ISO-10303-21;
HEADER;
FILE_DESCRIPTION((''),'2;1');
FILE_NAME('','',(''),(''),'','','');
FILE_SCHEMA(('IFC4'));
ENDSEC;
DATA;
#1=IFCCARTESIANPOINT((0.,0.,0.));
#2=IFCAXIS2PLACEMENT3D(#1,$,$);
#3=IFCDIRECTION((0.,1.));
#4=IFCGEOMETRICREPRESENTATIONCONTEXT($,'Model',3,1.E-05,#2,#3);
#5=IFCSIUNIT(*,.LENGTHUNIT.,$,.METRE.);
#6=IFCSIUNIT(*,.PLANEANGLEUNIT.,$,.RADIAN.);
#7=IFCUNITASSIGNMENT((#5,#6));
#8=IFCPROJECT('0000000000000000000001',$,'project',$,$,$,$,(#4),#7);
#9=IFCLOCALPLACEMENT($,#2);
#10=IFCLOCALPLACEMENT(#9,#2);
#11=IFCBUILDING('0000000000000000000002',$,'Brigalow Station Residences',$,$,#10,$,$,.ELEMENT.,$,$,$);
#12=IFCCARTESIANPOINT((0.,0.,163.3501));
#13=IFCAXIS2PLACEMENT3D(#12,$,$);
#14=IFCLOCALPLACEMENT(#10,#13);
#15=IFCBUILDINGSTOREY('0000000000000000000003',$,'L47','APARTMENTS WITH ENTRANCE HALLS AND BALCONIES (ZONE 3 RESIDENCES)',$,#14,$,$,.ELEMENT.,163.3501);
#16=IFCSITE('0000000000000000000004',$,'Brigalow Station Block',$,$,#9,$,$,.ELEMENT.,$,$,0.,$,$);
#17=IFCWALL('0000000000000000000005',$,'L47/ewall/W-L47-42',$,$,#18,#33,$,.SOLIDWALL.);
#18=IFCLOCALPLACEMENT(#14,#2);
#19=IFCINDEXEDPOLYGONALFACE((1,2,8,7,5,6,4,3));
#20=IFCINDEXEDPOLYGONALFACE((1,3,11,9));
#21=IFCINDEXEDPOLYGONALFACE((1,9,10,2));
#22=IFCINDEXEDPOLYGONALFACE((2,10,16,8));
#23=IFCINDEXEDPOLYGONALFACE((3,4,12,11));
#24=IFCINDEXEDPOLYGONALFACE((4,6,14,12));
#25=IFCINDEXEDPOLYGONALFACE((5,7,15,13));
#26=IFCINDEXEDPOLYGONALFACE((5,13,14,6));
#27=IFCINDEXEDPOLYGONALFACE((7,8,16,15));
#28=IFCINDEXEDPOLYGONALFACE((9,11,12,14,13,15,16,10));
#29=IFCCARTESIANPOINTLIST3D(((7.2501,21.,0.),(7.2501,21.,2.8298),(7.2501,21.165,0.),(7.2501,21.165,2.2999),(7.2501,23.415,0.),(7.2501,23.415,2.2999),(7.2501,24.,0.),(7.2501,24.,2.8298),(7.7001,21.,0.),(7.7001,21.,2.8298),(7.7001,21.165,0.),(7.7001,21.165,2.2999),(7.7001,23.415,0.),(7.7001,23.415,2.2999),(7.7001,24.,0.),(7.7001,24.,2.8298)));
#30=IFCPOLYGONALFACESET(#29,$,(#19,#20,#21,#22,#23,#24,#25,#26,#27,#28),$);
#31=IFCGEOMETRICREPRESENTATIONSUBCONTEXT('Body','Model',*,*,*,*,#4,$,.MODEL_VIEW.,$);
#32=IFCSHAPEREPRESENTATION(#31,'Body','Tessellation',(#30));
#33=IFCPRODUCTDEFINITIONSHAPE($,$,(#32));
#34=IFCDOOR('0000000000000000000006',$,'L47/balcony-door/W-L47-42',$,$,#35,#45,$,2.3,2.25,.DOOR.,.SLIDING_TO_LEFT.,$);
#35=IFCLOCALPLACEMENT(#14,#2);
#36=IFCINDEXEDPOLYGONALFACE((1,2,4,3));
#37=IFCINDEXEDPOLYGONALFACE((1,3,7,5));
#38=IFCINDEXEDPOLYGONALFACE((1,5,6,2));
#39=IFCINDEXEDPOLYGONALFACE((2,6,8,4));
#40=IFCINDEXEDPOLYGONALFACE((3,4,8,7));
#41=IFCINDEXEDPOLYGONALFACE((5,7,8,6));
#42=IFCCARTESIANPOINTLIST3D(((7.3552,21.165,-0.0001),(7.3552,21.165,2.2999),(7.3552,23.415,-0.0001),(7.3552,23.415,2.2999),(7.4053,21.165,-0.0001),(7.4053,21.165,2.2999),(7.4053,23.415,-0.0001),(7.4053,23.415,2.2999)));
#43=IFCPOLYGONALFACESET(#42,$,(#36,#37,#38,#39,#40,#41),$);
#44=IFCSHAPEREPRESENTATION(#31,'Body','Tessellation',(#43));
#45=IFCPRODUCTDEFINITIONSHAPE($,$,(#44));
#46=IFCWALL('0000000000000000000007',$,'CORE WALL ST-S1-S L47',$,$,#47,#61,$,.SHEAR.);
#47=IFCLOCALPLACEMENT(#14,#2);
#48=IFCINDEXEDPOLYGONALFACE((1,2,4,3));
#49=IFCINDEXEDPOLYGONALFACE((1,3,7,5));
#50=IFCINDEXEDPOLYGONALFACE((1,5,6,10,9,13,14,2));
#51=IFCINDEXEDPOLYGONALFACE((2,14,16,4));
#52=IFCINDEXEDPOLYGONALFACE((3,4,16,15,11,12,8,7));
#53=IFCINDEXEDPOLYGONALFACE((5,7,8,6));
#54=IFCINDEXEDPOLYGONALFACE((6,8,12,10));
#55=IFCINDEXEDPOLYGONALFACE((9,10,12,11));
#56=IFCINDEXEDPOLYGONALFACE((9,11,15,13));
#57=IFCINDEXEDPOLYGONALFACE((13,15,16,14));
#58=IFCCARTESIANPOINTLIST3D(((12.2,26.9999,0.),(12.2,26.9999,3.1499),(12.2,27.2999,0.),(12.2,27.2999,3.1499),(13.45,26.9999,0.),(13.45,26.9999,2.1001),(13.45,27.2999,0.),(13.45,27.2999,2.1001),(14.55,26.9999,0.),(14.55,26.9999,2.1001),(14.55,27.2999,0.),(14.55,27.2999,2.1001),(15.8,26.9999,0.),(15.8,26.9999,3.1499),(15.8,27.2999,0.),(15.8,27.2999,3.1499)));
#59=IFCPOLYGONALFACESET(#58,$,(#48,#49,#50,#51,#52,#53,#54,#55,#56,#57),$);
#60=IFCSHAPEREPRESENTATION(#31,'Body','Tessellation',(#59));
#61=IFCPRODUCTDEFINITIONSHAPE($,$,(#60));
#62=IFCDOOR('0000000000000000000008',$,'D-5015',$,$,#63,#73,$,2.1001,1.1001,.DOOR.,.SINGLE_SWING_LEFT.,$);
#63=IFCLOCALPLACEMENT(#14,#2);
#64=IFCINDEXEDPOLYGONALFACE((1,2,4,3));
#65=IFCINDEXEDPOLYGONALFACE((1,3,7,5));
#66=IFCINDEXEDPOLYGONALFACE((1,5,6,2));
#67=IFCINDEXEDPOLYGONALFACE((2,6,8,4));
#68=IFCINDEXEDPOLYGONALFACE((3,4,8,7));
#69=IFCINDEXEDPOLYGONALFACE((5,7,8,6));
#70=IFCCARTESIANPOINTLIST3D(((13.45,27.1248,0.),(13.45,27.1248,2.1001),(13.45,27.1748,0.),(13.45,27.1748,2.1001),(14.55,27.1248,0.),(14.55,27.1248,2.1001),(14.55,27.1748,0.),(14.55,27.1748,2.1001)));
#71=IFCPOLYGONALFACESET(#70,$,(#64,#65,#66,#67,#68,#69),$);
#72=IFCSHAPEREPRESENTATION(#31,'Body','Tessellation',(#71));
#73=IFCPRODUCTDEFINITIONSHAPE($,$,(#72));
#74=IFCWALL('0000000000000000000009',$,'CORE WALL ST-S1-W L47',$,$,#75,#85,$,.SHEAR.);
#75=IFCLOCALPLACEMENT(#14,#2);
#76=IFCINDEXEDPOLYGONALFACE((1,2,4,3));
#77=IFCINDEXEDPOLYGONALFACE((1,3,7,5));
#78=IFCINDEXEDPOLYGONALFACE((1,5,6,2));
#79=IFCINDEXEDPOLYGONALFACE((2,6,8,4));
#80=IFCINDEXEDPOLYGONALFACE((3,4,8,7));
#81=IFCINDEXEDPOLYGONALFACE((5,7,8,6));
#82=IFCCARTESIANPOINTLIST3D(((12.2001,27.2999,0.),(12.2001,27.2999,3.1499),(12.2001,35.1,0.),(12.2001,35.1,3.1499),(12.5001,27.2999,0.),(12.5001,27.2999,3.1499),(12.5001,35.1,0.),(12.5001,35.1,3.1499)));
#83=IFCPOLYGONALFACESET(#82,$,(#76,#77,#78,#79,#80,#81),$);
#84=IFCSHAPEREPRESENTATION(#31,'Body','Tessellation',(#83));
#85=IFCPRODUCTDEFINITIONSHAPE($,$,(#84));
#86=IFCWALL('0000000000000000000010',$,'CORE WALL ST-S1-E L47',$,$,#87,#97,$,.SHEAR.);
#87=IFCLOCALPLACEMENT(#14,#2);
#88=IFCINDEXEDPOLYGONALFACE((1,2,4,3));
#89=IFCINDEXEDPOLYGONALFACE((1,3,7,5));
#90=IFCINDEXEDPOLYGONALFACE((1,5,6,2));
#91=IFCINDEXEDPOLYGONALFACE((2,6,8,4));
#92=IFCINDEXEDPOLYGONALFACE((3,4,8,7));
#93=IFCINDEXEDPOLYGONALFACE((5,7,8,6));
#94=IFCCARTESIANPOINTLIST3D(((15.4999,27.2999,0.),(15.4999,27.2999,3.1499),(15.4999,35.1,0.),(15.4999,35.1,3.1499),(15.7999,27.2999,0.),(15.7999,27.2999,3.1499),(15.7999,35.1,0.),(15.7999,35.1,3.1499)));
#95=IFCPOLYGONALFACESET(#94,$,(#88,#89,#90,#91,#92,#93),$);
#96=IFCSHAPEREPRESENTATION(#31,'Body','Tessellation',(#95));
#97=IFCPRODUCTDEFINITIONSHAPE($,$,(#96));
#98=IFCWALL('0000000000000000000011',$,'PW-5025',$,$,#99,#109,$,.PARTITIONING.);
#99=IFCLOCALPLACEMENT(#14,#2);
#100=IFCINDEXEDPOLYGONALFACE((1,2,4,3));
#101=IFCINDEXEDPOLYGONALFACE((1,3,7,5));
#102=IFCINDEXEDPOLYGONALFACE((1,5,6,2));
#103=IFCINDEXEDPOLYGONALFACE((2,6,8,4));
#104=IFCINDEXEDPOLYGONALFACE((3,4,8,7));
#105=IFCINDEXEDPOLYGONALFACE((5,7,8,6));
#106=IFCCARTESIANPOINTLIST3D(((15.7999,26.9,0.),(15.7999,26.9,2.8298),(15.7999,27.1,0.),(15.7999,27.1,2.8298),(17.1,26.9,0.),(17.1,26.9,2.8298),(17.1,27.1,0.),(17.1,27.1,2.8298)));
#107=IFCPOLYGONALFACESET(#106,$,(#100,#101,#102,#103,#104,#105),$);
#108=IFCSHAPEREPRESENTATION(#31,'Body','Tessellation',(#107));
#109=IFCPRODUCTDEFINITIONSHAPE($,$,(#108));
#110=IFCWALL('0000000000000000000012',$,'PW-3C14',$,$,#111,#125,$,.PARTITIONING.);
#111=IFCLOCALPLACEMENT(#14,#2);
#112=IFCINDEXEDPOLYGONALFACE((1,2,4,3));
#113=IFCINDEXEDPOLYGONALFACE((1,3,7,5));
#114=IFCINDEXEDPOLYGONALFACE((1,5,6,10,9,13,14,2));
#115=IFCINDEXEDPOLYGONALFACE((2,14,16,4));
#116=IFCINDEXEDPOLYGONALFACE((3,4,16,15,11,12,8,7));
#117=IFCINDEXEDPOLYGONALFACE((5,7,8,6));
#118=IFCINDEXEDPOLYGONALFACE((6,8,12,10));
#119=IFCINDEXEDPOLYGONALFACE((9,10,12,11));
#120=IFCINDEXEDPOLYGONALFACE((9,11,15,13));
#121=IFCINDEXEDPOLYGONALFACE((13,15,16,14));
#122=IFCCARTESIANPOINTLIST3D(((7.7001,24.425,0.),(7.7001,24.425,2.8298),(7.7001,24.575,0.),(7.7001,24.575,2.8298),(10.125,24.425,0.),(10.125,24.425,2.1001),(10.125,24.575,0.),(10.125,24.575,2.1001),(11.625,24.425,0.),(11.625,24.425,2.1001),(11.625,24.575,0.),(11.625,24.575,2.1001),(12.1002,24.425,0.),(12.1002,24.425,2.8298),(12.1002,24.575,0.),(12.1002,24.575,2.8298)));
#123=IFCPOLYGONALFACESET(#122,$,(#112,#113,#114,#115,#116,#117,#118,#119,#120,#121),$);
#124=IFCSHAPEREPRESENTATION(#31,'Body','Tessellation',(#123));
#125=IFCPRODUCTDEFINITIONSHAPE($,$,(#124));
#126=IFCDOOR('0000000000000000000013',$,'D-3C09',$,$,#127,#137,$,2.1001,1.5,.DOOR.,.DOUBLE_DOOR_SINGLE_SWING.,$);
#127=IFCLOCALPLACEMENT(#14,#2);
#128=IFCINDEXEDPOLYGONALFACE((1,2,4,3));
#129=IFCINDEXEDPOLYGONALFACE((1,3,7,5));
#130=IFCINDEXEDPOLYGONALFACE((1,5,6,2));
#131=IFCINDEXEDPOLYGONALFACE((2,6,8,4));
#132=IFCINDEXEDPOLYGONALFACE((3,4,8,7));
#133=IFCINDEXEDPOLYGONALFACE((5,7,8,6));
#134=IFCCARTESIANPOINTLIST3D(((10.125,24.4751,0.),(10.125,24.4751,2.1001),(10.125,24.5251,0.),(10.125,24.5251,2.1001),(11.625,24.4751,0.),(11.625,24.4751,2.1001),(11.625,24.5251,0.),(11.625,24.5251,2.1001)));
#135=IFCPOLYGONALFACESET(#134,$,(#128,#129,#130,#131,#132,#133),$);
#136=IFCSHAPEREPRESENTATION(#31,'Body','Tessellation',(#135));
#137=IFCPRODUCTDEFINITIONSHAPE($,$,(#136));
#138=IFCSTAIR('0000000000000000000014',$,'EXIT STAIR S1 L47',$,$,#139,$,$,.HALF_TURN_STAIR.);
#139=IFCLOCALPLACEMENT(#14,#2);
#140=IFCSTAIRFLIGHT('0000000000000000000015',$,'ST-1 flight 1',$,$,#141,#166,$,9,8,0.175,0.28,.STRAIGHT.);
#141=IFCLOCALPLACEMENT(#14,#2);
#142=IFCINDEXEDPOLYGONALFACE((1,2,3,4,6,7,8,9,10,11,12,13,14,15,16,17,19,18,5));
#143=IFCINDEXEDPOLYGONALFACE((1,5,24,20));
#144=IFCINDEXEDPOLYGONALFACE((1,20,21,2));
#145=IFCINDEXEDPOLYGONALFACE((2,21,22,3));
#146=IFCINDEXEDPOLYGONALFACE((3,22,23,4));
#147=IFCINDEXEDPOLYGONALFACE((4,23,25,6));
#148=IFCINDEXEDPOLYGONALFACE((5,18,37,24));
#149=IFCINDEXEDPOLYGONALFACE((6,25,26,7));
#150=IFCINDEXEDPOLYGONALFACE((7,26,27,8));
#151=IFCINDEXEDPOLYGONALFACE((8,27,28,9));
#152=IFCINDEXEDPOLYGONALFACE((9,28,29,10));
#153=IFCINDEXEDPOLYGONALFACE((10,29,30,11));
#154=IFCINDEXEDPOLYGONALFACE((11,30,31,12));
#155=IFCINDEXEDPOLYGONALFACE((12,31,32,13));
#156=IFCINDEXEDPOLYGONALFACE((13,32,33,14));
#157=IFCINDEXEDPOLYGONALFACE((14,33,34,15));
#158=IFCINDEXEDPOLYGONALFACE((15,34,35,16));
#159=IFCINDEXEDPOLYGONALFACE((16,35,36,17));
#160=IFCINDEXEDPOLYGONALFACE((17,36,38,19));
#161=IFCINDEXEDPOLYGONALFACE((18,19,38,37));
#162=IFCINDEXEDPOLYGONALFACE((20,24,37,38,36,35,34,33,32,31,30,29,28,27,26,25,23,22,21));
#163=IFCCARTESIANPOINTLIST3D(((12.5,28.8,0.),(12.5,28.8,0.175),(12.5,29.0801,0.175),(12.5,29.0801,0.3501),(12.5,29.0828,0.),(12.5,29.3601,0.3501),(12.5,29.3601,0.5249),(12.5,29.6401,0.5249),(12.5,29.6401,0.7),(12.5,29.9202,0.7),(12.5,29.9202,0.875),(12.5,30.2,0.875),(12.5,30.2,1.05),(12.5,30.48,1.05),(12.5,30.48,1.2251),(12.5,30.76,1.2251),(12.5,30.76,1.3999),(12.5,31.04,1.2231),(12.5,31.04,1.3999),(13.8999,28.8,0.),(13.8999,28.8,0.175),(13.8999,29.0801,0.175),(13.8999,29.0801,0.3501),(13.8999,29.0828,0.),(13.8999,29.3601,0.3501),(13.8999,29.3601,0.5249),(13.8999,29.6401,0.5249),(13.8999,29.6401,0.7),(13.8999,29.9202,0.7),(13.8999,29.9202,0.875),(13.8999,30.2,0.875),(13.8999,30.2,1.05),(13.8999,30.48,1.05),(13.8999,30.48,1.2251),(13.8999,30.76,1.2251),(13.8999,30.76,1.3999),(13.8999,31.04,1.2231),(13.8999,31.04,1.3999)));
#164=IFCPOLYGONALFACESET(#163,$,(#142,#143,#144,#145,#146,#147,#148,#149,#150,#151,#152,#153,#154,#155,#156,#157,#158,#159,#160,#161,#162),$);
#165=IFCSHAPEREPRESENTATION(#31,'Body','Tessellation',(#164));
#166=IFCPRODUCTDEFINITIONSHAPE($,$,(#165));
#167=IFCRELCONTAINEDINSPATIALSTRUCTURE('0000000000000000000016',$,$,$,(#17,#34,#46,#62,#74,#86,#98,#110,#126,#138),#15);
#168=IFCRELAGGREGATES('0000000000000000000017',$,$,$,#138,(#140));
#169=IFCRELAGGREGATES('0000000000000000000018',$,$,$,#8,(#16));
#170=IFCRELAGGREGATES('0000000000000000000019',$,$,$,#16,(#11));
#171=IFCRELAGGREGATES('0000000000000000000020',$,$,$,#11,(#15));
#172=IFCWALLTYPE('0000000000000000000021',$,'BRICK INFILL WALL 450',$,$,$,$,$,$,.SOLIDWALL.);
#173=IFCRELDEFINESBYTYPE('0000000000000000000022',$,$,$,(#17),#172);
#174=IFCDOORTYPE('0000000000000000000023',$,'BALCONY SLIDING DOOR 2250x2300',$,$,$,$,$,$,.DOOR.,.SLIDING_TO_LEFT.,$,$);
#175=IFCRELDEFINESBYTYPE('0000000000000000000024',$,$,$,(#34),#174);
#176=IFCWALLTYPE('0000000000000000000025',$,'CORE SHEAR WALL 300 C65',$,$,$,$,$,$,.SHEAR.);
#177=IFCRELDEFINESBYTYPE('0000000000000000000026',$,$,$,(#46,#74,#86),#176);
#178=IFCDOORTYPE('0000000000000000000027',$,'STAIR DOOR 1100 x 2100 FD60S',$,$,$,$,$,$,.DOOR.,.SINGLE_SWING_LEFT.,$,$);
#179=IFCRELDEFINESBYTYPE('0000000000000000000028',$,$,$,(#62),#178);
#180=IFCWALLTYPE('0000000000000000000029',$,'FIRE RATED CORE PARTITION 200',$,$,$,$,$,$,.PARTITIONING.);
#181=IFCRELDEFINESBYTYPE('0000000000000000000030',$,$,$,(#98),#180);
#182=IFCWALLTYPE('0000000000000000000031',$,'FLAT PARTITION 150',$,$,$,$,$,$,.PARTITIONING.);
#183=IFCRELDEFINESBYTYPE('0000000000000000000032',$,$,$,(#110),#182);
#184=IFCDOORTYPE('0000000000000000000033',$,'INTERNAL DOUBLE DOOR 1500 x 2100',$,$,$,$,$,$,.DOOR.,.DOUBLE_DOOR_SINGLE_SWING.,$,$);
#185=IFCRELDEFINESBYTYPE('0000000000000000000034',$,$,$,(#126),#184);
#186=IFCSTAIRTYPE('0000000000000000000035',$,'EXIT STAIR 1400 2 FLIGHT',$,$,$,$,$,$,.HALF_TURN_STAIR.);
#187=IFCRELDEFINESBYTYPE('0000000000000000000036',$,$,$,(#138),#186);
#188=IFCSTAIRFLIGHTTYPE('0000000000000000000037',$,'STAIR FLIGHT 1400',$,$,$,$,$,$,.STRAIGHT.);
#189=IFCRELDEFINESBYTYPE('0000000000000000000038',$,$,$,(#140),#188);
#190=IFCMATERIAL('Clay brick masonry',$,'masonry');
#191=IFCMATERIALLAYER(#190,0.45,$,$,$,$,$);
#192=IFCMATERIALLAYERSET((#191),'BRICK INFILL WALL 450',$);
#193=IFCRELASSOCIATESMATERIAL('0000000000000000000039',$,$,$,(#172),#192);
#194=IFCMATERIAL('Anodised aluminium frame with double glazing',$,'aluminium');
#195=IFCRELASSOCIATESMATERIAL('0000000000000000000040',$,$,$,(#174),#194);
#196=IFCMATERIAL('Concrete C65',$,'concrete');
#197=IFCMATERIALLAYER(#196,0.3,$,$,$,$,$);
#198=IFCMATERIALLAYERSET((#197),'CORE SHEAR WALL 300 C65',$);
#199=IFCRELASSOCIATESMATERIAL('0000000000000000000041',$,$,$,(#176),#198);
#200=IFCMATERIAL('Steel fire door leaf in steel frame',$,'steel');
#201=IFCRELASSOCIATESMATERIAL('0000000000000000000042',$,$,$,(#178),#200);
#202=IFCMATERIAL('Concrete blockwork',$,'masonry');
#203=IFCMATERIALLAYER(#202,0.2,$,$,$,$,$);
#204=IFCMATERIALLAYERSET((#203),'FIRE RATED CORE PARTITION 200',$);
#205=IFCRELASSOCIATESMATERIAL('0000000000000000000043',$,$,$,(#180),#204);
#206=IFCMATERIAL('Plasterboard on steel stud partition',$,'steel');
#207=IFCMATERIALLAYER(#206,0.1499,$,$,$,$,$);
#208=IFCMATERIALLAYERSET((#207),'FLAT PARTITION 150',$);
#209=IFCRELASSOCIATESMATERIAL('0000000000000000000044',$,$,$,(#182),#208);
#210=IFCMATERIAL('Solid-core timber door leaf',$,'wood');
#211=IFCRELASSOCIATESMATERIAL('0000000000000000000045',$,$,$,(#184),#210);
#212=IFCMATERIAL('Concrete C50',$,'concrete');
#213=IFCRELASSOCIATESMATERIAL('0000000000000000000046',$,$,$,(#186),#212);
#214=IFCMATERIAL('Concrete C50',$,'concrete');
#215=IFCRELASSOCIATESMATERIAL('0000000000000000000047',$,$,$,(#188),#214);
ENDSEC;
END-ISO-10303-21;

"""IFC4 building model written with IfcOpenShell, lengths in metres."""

from ifc_helpers import new_model, si_unit, direction, frame, frame_2d, origin, place, context, subcontext, project, spatial, polyline, rectangle, outline, extrude, material, layer, layer_set, type_object, element, fill, aggregate, save


model = new_model("IFC4")

# Units and contexts
model_context = context("Model", 3, precision=1e-05, world=origin(), true_north=direction((0.0, 1.0)))
body_context = subcontext(model_context, "Body", "Model", "MODEL_VIEW")
ifc_project = project(units=[si_unit("LENGTHUNIT", "METRE"), si_unit("PLANEANGLEUNIT", "RADIAN")], contexts=[model_context])

# Site, building, storey
site_placement = place(None, origin())
site = spatial("IfcSite", under=ifc_project, at=site_placement, Name="Brigalow Station Block", CompositionType="ELEMENT", RefElevation=0.0)
building_placement = place(site_placement, origin())
building = spatial("IfcBuilding", under=site, at=building_placement, Name="Brigalow Station Residences", CompositionType="ELEMENT")
storey_placement = place(building_placement, frame((0.0, 0.0, 163.3501)))
storey = spatial("IfcBuildingStorey", under=building, at=storey_placement, Name="L47", Description="APARTMENTS WITH ENTRANCE HALLS AND BALCONIES (ZONE 3 RESIDENCES)", CompositionType="ELEMENT", Elevation=163.3501)

# Shared definitions
ifc_material_1 = material(Name="Clay brick masonry", Category="masonry")
ifc_layer_1 = layer(ifc_material_1, 0.45)
ifc_layer_set_1 = layer_set([ifc_layer_1], Name="BRICK INFILL WALL 450")
wall_type_1 = type_object("IfcWallType", Name="BRICK INFILL WALL 450", PredefinedType="SOLIDWALL", material=ifc_layer_set_1)

# Walls, openings, doors
wall_1_placement = place(storey_placement, frame((7.4751, 24.0, 0.0), z_axis=(0.0, 0.0, 1.0), x_axis=(0.0, -1.0, 0.0)))
wall_1 = element("IfcWall", 1, at=wall_1_placement, inside=storey, type_object=wall_type_1, Name="L47/ewall/W-L47-42", PredefinedType="SOLIDWALL", context=body_context, shape_type="SweptSolid", body=[
    extrude(rectangle(XDim=3.0, YDim=0.45, at=frame_2d((1.5, 0.0))), origin(), (0.0, 0.0, 1.0), 2.8298),
])
opening_1_placement = place(wall_1_placement, frame((0.585, 0.0, 0.0)))
opening_1 = element("IfcOpeningElement", 2, at=opening_1_placement, cuts=wall_1, PredefinedType="OPENING", context=body_context, shape_type="SweptSolid", body=[
    extrude(rectangle(XDim=2.25, YDim=2.3, at=frame_2d((1.125, 1.1499))), frame((0.0, 0.2349, 0.0), z_axis=(0.0, -1.0, 0.0), x_axis=(1.0, 0.0, 0.0)), (0.0, 0.0, 1.0), 0.47),
])
ifc_material_2 = material(Name="Anodised aluminium frame with double glazing", Category="aluminium")
door_type_1 = type_object("IfcDoorType", Name="BALCONY SLIDING DOOR 2250x2300", OperationType="SLIDING_TO_LEFT", PredefinedType="DOOR", material=ifc_material_2)
door_1_placement = place(opening_1_placement, origin())
door_1 = element("IfcDoor", 3, at=door_1_placement, inside=storey, type_object=door_type_1, Name="L47/balcony-door/W-L47-42", OperationType="SLIDING_TO_LEFT", OverallHeight=2.3, OverallWidth=2.25, PredefinedType="DOOR", context=body_context, shape_type="SweptSolid", body=[
    extrude(rectangle(XDim=2.25, YDim=2.3, at=frame_2d((1.125, 1.1499))), frame((0.0, -0.0698, 0.0), z_axis=(0.0, -1.0, 0.0), x_axis=(1.0, 0.0, 0.0)), (0.0, 0.0, 1.0), 0.05),
])
fill(opening_1, door_1)
ifc_material_3 = material(Name="Concrete C65", Category="concrete")
ifc_layer_2 = layer(ifc_material_3, 0.3)
ifc_layer_set_2 = layer_set([ifc_layer_2], Name="CORE SHEAR WALL 300 C65")
wall_type_2 = type_object("IfcWallType", Name="CORE SHEAR WALL 300 C65", PredefinedType="SHEAR", material=ifc_layer_set_2)
wall_2_placement = place(storey_placement, frame((12.2, 27.1499, 0.0), z_axis=(0.0, 0.0, 1.0), x_axis=(1.0, 0.0, 0.0)))
wall_2 = element("IfcWall", 4, at=wall_2_placement, inside=storey, type_object=wall_type_2, Name="CORE WALL ST-S1-S L47", PredefinedType="SHEAR", context=body_context, shape_type="SweptSolid", body=[
    extrude(rectangle(XDim=3.6001, YDim=0.3, at=frame_2d((1.8, 0.0))), origin(), (0.0, 0.0, 1.0), 3.1499),
])
opening_2_placement = place(wall_2_placement, frame((1.25, 0.0, 0.0)))
opening_2 = element("IfcOpeningElement", 5, at=opening_2_placement, cuts=wall_2, PredefinedType="OPENING", context=body_context, shape_type="SweptSolid", body=[
    extrude(rectangle(XDim=1.1001, YDim=2.1001, at=frame_2d((0.55, 1.05))), frame((0.0, 0.1602, 0.0), z_axis=(0.0, -1.0, 0.0), x_axis=(1.0, 0.0, 0.0)), (0.0, 0.0, 1.0), 0.3201),
])
ifc_material_4 = material(Name="Steel fire door leaf in steel frame", Category="steel")
door_type_2 = type_object("IfcDoorType", Name="STAIR DOOR 1100 x 2100 FD60S", OperationType="SINGLE_SWING_LEFT", PredefinedType="DOOR", material=ifc_material_4)
door_2_placement = place(opening_2_placement, origin())
door_2 = element("IfcDoor", 6, at=door_2_placement, inside=storey, type_object=door_type_2, Name="D-5015", OperationType="SINGLE_SWING_LEFT", OverallHeight=2.1001, OverallWidth=1.1001, PredefinedType="DOOR", context=body_context, shape_type="SweptSolid", body=[
    extrude(rectangle(XDim=1.1001, YDim=2.1001, at=frame_2d((0.55, 1.05))), frame((0.0, 0.0249, 0.0), z_axis=(0.0, -1.0, 0.0), x_axis=(1.0, 0.0, 0.0)), (0.0, 0.0, 1.0), 0.05),
])
fill(opening_2, door_2)

# Walls
for number, where, z_axis, x_axis, name in (
    (7, (12.3501, 27.3, 0.0), (0.0, 0.0, 1.0), (0.0, 1.0, 0.0), "CORE WALL ST-S1-W L47"),
    (8, (15.6499, 27.3, 0.0), (0.0, 0.0, 1.0), (0.0, 1.0, 0.0), "CORE WALL ST-S1-E L47"),
):
    element("IfcWall", number, at=place(storey_placement, frame(where, z_axis=z_axis, x_axis=x_axis)), inside=storey, type_object=wall_type_2, Name=name, PredefinedType="SHEAR", context=body_context, shape_type="SweptSolid", body=[
        extrude(rectangle(XDim=7.8, YDim=0.3, at=frame_2d((3.8999, 0.0))), origin(), (0.0, 0.0, 1.0), 3.1499),
    ])
ifc_material_5 = material(Name="Concrete blockwork", Category="masonry")
ifc_layer_3 = layer(ifc_material_5, 0.2)
ifc_layer_set_3 = layer_set([ifc_layer_3], Name="FIRE RATED CORE PARTITION 200")
wall_type_3 = type_object("IfcWallType", Name="FIRE RATED CORE PARTITION 200", PredefinedType="PARTITIONING", material=ifc_layer_set_3)
wall_3_placement = place(storey_placement, frame((15.8, 27.0, 0.0), z_axis=(0.0, 0.0, 1.0), x_axis=(1.0, 0.0, 0.0)))
element("IfcWall", 9, at=wall_3_placement, inside=storey, type_object=wall_type_3, Name="PW-5025", PredefinedType="PARTITIONING", context=body_context, shape_type="SweptSolid", body=[
    extrude(rectangle(XDim=1.3, YDim=0.2, at=frame_2d((0.6499, 0.0))), origin(), (0.0, 0.0, 1.0), 2.8298),
])

# Wall, opening, door
ifc_material_6 = material(Name="Plasterboard on steel stud partition", Category="steel")
ifc_layer_4 = layer(ifc_material_6, 0.1499)
ifc_layer_set_4 = layer_set([ifc_layer_4], Name="FLAT PARTITION 150")
wall_type_4 = type_object("IfcWallType", Name="FLAT PARTITION 150", PredefinedType="PARTITIONING", material=ifc_layer_set_4)
wall_4_placement = place(storey_placement, frame((7.7, 24.5, 0.0), z_axis=(0.0, 0.0, 1.0), x_axis=(1.0, 0.0, 0.0)))
wall_4 = element("IfcWall", 10, at=wall_4_placement, inside=storey, type_object=wall_type_4, Name="PW-3C14", PredefinedType="PARTITIONING", context=body_context, shape_type="SweptSolid", body=[
    extrude(rectangle(XDim=4.4001, YDim=0.1499, at=frame_2d((2.2002, 0.0))), origin(), (0.0, 0.0, 1.0), 2.8298),
])
opening_3_placement = place(wall_4_placement, frame((2.425, 0.0, 0.0)))
opening_3 = element("IfcOpeningElement", 11, at=opening_3_placement, cuts=wall_4, PredefinedType="OPENING", context=body_context, shape_type="SweptSolid", body=[
    extrude(rectangle(XDim=1.5, YDim=2.1001, at=frame_2d((0.75, 1.05))), frame((0.0, 0.085, 0.0), z_axis=(0.0, -1.0, 0.0), x_axis=(1.0, 0.0, 0.0)), (0.0, 0.0, 1.0), 0.1699),
])
ifc_material_7 = material(Name="Solid-core timber door leaf", Category="wood")
door_type_3 = type_object("IfcDoorType", Name="INTERNAL DOUBLE DOOR 1500 x 2100", OperationType="DOUBLE_DOOR_SINGLE_SWING", PredefinedType="DOOR", material=ifc_material_7)
door_3_placement = place(opening_3_placement, frame((1.5, 0.0, 0.0), z_axis=(0.0, 0.0, 1.0), x_axis=(-1.0, 0.0, 0.0)))
door_3 = element("IfcDoor", 12, at=door_3_placement, inside=storey, type_object=door_type_3, Name="D-3C09", OperationType="DOUBLE_DOOR_SINGLE_SWING", OverallHeight=2.1001, OverallWidth=1.5, PredefinedType="DOOR", context=body_context, shape_type="SweptSolid", body=[
    extrude(rectangle(XDim=1.5, YDim=2.1001, at=frame_2d((0.75, 1.05))), frame((0.0, 0.0249, 0.0), z_axis=(0.0, -1.0, 0.0), x_axis=(1.0, 0.0, 0.0)), (0.0, 0.0, 1.0), 0.05),
])
fill(opening_3, door_3)

# Stair, stair flight
ifc_material_8 = material(Name="Concrete C50", Category="concrete")
stair_type = type_object("IfcStairType", Name="EXIT STAIR 1400 2 FLIGHT", PredefinedType="HALF_TURN_STAIR", material=ifc_material_8)
stair_placement = place(storey_placement, origin())
stair = element("IfcStair", 13, at=stair_placement, inside=storey, type_object=stair_type, Name="EXIT STAIR S1 L47", PredefinedType="HALF_TURN_STAIR")
ifc_material_9 = material(Name="Concrete C50", Category="concrete")
stair_flight_type = type_object("IfcStairFlightType", Name="STAIR FLIGHT 1400", PredefinedType="STRAIGHT", material=ifc_material_9)
stair_flight_1_placement = place(storey_placement, frame((13.2, 28.8, 0.0), z_axis=(0.0, 0.0, 1.0), x_axis=(0.0, 1.0, 0.0)))
stair_flight_1 = element("IfcStairFlight", 14, at=stair_flight_1_placement, type_object=stair_flight_type, Name="ST-1 flight 1", NumberOfRisers=9, NumberOfTreads=8, PredefinedType="STRAIGHT", RiserHeight=0.175, TreadLength=0.28, context=body_context, shape_type="SweptSolid", body=[
    extrude(outline(polyline([(0.0, 0.0), (0.0, 0.175), (0.28, 0.175), (0.28, 0.3501), (0.5601, 0.3501), (0.5601, 0.5249), (0.8401, 0.5249), (0.8401, 0.7), (1.1201, 0.7), (1.1201, 0.875), (1.3999, 0.875), (1.3999, 1.05), (1.6799, 1.05), (1.6799, 1.2251), (1.96, 1.2251), (1.96, 1.3999), (2.24, 1.3999), (2.24, 1.575), (2.24, 1.2231), (0.2827, 0.0), (0.0, 0.0)])), frame((0.0, 0.7, 0.0), z_axis=(0.0, -1.0, 0.0), x_axis=(1.0, 0.0, 0.0)), (0.0, 0.0, 1.0), 1.3999),
])
aggregate(stair, [stair_flight_1])

save(model, "model.ifc")
